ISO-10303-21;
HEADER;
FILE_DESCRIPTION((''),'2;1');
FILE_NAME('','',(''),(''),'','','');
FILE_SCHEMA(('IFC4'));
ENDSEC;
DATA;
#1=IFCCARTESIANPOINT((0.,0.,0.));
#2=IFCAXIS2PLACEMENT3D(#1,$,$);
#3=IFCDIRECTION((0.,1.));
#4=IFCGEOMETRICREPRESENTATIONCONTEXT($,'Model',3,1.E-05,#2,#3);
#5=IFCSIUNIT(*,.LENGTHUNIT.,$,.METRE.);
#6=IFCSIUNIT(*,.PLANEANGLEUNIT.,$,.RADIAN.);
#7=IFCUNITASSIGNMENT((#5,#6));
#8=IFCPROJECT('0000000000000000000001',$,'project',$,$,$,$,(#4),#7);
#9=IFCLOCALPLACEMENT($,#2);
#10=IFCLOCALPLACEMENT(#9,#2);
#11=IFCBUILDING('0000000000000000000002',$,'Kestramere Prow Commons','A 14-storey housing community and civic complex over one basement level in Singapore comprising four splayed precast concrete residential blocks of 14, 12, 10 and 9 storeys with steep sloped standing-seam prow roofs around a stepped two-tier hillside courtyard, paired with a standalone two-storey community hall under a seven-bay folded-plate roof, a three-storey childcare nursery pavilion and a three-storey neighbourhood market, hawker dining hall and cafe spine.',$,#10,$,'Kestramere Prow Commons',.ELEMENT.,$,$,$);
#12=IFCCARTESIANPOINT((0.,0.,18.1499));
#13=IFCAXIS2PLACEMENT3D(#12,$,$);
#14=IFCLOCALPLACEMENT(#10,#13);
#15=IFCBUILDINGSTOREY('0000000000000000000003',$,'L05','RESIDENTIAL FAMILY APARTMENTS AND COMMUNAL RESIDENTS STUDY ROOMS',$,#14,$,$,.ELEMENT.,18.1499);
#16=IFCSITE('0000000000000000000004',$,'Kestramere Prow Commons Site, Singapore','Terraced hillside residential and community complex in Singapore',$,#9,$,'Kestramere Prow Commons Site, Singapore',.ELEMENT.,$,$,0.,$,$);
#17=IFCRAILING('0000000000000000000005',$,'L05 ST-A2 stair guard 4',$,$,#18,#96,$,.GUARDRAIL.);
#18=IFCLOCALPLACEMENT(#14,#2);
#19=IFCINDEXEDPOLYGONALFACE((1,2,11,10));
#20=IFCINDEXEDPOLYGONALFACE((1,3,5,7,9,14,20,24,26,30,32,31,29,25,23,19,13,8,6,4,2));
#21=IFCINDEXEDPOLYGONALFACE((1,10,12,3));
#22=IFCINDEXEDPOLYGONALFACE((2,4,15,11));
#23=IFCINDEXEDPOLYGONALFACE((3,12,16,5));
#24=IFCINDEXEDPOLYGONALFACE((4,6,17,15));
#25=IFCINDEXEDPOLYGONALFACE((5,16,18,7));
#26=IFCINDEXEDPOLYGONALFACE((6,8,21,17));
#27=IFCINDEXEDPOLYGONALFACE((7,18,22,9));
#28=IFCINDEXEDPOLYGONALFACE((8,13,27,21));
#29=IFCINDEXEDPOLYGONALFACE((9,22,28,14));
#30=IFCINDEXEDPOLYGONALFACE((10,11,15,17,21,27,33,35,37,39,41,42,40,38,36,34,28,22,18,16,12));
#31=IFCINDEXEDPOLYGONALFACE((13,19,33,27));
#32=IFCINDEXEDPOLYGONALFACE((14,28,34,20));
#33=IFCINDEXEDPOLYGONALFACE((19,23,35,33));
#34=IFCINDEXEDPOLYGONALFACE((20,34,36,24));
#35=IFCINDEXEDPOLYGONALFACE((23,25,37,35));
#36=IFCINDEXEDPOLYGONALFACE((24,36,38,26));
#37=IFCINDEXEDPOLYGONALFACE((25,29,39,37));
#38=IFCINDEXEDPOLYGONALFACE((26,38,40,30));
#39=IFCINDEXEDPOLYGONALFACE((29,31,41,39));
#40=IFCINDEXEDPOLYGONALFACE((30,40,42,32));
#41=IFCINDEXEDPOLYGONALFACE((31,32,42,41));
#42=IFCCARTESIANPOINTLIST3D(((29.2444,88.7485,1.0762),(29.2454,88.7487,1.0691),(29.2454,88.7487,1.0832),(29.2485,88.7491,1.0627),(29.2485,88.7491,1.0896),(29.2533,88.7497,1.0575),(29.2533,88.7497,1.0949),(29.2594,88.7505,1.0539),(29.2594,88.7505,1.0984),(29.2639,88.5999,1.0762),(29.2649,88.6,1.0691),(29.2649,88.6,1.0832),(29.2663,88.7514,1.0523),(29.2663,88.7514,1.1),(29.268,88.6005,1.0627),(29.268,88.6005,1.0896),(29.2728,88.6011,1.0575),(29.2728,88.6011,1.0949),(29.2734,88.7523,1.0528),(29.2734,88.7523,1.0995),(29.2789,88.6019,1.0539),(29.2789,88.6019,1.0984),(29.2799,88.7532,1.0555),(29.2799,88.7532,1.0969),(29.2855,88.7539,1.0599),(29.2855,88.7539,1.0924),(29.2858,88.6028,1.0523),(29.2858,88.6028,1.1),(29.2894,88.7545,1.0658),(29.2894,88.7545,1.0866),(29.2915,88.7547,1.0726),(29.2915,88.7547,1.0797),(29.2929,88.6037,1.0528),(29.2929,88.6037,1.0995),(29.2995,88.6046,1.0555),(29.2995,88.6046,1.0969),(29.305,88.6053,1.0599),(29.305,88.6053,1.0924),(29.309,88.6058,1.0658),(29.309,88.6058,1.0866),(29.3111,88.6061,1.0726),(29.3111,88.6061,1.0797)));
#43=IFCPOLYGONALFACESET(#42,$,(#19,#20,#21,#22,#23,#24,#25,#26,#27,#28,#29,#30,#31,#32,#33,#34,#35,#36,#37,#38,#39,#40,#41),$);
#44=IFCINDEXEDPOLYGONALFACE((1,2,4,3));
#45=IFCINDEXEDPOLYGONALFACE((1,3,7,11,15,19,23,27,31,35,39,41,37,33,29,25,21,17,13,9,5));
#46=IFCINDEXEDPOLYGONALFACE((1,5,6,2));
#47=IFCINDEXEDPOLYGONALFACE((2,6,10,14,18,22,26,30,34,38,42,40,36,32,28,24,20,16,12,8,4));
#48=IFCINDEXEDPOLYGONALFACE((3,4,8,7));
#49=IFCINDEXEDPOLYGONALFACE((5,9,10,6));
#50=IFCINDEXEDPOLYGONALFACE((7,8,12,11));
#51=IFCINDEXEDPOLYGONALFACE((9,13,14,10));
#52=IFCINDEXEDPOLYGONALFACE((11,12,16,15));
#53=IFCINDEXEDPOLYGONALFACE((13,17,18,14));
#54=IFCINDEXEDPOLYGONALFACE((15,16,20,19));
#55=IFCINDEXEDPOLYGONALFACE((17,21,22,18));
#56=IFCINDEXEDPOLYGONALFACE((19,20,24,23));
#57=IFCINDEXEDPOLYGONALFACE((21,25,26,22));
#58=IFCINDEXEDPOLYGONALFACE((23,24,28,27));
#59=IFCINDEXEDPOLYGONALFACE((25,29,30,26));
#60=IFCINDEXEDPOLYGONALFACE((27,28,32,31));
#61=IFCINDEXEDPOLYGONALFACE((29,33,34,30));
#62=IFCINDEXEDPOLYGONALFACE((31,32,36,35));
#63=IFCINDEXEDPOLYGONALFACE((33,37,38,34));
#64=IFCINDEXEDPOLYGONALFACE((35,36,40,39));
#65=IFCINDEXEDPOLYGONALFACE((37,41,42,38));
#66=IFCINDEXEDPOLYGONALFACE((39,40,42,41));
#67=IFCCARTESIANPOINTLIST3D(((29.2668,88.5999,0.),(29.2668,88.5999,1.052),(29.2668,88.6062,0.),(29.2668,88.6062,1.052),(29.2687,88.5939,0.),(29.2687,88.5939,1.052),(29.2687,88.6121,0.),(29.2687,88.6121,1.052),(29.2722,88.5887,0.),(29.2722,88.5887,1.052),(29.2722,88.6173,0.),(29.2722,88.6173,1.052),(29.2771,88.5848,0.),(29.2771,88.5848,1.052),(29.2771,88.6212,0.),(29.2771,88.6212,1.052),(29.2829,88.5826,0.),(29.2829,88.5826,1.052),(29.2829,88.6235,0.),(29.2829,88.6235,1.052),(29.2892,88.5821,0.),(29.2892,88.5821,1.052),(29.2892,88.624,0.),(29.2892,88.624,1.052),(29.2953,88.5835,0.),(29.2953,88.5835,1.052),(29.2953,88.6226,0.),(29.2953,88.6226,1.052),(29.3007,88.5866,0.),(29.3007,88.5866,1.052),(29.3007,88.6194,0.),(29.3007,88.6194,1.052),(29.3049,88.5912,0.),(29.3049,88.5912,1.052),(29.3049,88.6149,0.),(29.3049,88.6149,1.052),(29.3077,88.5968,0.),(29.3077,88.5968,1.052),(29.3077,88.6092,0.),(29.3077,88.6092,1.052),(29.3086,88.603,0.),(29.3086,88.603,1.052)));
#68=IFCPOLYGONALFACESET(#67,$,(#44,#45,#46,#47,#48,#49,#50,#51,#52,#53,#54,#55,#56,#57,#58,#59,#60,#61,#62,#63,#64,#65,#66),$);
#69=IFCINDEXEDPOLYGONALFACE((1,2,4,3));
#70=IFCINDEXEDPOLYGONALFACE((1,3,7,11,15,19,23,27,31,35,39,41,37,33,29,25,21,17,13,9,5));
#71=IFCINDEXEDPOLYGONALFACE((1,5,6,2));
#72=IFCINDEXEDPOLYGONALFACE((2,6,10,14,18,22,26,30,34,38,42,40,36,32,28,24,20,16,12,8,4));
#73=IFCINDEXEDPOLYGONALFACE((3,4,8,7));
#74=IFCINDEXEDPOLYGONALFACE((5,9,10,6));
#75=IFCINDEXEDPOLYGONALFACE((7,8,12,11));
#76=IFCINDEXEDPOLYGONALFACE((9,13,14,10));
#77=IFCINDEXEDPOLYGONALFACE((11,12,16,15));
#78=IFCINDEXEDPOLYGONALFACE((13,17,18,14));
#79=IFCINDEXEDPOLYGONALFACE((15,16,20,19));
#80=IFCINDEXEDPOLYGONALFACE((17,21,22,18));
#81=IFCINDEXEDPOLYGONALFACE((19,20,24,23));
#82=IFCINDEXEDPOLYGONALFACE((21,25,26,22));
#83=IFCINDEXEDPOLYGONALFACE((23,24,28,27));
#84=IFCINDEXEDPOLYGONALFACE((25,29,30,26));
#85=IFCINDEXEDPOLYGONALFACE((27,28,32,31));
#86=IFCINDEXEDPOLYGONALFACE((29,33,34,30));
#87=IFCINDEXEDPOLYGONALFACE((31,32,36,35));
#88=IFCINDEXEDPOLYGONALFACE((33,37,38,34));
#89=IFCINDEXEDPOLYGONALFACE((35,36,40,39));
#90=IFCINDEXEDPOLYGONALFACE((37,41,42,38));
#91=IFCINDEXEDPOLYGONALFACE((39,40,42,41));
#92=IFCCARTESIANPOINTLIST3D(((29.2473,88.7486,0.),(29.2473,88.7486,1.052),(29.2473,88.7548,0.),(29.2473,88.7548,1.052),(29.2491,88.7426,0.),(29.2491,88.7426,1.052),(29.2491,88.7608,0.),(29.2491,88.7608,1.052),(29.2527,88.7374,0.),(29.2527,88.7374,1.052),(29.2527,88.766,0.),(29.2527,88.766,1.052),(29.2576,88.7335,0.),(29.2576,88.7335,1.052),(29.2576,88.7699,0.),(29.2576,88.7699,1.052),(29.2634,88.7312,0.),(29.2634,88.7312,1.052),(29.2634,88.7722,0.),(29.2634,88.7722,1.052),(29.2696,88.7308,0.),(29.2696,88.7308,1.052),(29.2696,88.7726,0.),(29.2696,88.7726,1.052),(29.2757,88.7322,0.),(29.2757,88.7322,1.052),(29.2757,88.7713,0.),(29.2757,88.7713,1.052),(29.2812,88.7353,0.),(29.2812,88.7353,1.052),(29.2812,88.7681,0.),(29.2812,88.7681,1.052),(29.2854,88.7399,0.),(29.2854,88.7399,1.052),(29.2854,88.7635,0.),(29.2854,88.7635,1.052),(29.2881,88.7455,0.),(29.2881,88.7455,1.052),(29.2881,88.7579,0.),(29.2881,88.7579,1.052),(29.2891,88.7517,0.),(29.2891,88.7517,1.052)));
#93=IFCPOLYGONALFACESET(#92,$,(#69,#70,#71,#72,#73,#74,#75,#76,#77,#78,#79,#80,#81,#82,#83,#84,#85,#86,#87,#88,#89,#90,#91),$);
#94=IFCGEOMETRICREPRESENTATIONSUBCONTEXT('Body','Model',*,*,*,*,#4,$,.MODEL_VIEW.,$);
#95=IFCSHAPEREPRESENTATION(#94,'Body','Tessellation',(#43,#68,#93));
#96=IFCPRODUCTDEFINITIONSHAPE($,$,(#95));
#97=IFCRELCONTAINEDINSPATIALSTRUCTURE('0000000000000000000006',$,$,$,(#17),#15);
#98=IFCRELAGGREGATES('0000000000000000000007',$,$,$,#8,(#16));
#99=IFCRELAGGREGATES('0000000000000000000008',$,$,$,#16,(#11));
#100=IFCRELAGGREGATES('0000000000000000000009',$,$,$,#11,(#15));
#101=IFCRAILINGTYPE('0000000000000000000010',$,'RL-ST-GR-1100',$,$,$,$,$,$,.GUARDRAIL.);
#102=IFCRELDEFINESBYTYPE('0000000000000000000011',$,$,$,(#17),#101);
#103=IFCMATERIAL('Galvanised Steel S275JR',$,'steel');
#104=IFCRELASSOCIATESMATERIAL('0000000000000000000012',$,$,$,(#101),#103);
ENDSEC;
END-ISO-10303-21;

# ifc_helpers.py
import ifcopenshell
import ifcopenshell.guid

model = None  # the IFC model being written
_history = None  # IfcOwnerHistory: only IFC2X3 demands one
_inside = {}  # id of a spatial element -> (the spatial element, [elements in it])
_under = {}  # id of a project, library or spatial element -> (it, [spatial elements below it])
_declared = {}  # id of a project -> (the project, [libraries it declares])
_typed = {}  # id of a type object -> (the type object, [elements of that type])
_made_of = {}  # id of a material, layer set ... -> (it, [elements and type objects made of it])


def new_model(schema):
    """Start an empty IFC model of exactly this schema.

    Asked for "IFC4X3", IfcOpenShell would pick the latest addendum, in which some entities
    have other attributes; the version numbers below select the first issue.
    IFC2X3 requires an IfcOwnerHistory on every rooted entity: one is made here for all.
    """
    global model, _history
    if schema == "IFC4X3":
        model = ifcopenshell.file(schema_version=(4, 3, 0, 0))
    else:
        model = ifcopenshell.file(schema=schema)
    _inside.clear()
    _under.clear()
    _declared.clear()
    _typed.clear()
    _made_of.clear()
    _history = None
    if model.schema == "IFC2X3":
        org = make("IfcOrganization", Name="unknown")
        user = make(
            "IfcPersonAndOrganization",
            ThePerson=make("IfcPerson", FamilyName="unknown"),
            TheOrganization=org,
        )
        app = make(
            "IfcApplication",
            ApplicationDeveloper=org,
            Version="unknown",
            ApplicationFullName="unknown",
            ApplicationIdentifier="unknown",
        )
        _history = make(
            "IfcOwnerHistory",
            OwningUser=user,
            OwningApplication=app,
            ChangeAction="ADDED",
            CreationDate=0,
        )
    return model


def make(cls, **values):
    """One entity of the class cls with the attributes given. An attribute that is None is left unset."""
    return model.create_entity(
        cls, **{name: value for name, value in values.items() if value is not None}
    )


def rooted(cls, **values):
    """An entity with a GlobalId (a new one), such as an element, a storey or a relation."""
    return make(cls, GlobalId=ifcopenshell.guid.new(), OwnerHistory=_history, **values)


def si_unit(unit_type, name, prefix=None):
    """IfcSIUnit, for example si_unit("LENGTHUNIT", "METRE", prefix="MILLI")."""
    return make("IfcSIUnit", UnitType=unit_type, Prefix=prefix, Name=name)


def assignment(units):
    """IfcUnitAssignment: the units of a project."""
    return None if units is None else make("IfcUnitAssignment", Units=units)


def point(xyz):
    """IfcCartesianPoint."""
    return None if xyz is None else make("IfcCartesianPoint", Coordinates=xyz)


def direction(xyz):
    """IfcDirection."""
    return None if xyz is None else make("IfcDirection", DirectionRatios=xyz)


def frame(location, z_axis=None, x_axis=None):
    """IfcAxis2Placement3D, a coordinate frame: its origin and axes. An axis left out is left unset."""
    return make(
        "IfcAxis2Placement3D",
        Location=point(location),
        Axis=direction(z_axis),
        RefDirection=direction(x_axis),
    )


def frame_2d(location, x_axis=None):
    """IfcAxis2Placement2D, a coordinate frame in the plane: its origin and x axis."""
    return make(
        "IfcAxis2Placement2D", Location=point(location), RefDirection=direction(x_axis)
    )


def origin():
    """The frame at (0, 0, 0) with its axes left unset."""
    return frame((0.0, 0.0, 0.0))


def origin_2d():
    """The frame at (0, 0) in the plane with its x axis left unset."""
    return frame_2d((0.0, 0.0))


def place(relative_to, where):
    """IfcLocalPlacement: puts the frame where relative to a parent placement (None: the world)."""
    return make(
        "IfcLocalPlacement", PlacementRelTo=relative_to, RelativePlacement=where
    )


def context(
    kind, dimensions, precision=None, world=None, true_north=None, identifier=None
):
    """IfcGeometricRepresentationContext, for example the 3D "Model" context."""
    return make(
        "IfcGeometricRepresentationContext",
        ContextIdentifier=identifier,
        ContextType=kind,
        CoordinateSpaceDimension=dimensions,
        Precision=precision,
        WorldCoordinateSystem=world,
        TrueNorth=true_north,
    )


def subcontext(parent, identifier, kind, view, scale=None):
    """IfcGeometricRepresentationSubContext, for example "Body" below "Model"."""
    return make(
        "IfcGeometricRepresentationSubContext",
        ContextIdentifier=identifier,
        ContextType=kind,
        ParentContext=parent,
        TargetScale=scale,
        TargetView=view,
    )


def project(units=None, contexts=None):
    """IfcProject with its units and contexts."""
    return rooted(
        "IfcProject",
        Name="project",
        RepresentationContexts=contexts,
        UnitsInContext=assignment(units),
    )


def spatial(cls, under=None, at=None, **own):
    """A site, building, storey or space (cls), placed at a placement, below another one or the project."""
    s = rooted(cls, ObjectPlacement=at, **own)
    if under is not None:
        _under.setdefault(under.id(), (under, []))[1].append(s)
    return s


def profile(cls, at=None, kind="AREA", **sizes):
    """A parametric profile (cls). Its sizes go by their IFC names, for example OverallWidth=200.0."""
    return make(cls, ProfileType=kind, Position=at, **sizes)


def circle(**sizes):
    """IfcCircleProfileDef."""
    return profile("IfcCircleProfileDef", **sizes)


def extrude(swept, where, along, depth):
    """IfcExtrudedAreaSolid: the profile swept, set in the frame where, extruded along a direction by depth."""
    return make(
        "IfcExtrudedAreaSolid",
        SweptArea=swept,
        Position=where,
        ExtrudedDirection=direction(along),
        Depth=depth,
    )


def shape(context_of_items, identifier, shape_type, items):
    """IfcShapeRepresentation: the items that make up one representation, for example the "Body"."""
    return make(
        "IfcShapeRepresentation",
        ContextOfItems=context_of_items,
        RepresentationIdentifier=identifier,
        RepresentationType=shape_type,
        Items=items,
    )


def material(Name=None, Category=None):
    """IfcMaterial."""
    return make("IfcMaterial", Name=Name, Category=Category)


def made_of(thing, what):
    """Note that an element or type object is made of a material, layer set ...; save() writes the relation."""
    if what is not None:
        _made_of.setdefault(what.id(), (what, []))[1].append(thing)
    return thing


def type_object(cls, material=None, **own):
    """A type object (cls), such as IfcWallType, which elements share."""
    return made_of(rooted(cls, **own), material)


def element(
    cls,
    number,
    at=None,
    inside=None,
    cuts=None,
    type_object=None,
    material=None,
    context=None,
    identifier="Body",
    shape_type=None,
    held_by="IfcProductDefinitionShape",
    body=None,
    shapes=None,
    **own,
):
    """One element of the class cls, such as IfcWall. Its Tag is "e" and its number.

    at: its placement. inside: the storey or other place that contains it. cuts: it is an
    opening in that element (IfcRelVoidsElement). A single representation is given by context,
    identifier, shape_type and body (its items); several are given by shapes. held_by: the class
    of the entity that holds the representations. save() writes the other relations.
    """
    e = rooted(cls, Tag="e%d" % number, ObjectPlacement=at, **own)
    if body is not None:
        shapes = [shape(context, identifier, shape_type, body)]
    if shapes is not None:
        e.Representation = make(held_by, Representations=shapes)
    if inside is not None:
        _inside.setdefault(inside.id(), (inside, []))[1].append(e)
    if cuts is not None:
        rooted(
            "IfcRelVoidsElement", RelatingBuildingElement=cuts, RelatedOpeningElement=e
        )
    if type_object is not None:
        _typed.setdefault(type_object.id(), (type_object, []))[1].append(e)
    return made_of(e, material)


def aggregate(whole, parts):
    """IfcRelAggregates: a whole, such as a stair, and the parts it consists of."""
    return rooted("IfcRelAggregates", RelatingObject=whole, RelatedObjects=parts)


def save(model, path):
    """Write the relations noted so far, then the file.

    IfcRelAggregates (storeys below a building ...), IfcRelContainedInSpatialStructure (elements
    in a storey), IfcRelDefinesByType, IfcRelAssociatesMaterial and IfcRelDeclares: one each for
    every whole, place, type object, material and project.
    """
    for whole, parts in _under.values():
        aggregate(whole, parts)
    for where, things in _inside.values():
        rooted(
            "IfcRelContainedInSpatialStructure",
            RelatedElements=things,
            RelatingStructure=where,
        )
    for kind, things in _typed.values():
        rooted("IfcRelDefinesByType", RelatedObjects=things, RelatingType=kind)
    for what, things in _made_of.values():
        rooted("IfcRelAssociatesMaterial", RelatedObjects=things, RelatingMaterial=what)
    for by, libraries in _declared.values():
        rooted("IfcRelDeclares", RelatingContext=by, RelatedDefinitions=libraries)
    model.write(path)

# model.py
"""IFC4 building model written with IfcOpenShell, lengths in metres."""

from ifc_helpers import new_model, si_unit, direction, frame, origin, origin_2d, place, context, subcontext, project, spatial, circle, extrude, material, type_object, element, save


model = new_model("IFC4")

# Units and contexts
model_context = context("Model", 3, precision=1e-05, world=origin(), true_north=direction((0.0, 1.0)))
body_context = subcontext(model_context, "Body", "Model", "MODEL_VIEW")
ifc_project = project(units=[si_unit("LENGTHUNIT", "METRE"), si_unit("PLANEANGLEUNIT", "RADIAN")], contexts=[model_context])

# Site, building, storey
site_placement = place(None, origin())
site = spatial("IfcSite", under=ifc_project, at=site_placement, Name="Kestramere Prow Commons Site, Singapore", Description="Terraced hillside residential and community complex in Singapore", LongName="Kestramere Prow Commons Site, Singapore", CompositionType="ELEMENT", RefElevation=0.0)
building_placement = place(site_placement, origin())
building = spatial("IfcBuilding", under=site, at=building_placement, Name="Kestramere Prow Commons", Description="A 14-storey housing community and civic complex over one basement level in Singapore comprising four splayed precast concrete residential blocks of 14, 12, 10 and 9 storeys with steep sloped standing-seam prow roofs around a stepped two-tier hillside courtyard, paired with a standalone two-storey community hall under a seven-bay folded-plate roof, a three-storey childcare nursery pavilion and a three-storey neighbourhood market, hawker dining hall and cafe spine.", LongName="Kestramere Prow Commons", CompositionType="ELEMENT")
storey_placement = place(building_placement, frame((0.0, 0.0, 18.1499)))
storey = spatial("IfcBuildingStorey", under=building, at=storey_placement, Name="L05", Description="RESIDENTIAL FAMILY APARTMENTS AND COMMUNAL RESIDENTS STUDY ROOMS", CompositionType="ELEMENT", Elevation=18.1499)

# Railing
ifc_material_1 = material(Name="Galvanised Steel S275JR", Category="steel")
railing_type_1 = type_object("IfcRailingType", Name="RL-ST-GR-1100", PredefinedType="GUARDRAIL", material=ifc_material_1)
railing_1_placement = place(storey_placement, frame((29.2876, 88.603, 0.0)))
element("IfcRailing", 1, at=railing_1_placement, inside=storey, type_object=railing_type_1, Name="L05 ST-A2 stair guard 4", PredefinedType="GUARDRAIL", context=body_context, shape_type="SweptSolid", body=[
    extrude(circle(Radius=0.0239, at=origin_2d()), frame((0.0, 0.0, 1.0762), z_axis=(-0.130244, 0.991482, 0.0), x_axis=(-0.991482, -0.130244, 0.0)), (0.0, 0.0, 1.0), 0.1499),
    extrude(circle(Radius=0.021, at=origin_2d()), origin(), (0.0, 0.0, 1.0), 1.052),
    extrude(circle(Radius=0.021, at=origin_2d()), frame((-0.0195, 0.1487, 0.0)), (0.0, 0.0, 1.0), 1.052),
])

save(model, "model.ifc")
